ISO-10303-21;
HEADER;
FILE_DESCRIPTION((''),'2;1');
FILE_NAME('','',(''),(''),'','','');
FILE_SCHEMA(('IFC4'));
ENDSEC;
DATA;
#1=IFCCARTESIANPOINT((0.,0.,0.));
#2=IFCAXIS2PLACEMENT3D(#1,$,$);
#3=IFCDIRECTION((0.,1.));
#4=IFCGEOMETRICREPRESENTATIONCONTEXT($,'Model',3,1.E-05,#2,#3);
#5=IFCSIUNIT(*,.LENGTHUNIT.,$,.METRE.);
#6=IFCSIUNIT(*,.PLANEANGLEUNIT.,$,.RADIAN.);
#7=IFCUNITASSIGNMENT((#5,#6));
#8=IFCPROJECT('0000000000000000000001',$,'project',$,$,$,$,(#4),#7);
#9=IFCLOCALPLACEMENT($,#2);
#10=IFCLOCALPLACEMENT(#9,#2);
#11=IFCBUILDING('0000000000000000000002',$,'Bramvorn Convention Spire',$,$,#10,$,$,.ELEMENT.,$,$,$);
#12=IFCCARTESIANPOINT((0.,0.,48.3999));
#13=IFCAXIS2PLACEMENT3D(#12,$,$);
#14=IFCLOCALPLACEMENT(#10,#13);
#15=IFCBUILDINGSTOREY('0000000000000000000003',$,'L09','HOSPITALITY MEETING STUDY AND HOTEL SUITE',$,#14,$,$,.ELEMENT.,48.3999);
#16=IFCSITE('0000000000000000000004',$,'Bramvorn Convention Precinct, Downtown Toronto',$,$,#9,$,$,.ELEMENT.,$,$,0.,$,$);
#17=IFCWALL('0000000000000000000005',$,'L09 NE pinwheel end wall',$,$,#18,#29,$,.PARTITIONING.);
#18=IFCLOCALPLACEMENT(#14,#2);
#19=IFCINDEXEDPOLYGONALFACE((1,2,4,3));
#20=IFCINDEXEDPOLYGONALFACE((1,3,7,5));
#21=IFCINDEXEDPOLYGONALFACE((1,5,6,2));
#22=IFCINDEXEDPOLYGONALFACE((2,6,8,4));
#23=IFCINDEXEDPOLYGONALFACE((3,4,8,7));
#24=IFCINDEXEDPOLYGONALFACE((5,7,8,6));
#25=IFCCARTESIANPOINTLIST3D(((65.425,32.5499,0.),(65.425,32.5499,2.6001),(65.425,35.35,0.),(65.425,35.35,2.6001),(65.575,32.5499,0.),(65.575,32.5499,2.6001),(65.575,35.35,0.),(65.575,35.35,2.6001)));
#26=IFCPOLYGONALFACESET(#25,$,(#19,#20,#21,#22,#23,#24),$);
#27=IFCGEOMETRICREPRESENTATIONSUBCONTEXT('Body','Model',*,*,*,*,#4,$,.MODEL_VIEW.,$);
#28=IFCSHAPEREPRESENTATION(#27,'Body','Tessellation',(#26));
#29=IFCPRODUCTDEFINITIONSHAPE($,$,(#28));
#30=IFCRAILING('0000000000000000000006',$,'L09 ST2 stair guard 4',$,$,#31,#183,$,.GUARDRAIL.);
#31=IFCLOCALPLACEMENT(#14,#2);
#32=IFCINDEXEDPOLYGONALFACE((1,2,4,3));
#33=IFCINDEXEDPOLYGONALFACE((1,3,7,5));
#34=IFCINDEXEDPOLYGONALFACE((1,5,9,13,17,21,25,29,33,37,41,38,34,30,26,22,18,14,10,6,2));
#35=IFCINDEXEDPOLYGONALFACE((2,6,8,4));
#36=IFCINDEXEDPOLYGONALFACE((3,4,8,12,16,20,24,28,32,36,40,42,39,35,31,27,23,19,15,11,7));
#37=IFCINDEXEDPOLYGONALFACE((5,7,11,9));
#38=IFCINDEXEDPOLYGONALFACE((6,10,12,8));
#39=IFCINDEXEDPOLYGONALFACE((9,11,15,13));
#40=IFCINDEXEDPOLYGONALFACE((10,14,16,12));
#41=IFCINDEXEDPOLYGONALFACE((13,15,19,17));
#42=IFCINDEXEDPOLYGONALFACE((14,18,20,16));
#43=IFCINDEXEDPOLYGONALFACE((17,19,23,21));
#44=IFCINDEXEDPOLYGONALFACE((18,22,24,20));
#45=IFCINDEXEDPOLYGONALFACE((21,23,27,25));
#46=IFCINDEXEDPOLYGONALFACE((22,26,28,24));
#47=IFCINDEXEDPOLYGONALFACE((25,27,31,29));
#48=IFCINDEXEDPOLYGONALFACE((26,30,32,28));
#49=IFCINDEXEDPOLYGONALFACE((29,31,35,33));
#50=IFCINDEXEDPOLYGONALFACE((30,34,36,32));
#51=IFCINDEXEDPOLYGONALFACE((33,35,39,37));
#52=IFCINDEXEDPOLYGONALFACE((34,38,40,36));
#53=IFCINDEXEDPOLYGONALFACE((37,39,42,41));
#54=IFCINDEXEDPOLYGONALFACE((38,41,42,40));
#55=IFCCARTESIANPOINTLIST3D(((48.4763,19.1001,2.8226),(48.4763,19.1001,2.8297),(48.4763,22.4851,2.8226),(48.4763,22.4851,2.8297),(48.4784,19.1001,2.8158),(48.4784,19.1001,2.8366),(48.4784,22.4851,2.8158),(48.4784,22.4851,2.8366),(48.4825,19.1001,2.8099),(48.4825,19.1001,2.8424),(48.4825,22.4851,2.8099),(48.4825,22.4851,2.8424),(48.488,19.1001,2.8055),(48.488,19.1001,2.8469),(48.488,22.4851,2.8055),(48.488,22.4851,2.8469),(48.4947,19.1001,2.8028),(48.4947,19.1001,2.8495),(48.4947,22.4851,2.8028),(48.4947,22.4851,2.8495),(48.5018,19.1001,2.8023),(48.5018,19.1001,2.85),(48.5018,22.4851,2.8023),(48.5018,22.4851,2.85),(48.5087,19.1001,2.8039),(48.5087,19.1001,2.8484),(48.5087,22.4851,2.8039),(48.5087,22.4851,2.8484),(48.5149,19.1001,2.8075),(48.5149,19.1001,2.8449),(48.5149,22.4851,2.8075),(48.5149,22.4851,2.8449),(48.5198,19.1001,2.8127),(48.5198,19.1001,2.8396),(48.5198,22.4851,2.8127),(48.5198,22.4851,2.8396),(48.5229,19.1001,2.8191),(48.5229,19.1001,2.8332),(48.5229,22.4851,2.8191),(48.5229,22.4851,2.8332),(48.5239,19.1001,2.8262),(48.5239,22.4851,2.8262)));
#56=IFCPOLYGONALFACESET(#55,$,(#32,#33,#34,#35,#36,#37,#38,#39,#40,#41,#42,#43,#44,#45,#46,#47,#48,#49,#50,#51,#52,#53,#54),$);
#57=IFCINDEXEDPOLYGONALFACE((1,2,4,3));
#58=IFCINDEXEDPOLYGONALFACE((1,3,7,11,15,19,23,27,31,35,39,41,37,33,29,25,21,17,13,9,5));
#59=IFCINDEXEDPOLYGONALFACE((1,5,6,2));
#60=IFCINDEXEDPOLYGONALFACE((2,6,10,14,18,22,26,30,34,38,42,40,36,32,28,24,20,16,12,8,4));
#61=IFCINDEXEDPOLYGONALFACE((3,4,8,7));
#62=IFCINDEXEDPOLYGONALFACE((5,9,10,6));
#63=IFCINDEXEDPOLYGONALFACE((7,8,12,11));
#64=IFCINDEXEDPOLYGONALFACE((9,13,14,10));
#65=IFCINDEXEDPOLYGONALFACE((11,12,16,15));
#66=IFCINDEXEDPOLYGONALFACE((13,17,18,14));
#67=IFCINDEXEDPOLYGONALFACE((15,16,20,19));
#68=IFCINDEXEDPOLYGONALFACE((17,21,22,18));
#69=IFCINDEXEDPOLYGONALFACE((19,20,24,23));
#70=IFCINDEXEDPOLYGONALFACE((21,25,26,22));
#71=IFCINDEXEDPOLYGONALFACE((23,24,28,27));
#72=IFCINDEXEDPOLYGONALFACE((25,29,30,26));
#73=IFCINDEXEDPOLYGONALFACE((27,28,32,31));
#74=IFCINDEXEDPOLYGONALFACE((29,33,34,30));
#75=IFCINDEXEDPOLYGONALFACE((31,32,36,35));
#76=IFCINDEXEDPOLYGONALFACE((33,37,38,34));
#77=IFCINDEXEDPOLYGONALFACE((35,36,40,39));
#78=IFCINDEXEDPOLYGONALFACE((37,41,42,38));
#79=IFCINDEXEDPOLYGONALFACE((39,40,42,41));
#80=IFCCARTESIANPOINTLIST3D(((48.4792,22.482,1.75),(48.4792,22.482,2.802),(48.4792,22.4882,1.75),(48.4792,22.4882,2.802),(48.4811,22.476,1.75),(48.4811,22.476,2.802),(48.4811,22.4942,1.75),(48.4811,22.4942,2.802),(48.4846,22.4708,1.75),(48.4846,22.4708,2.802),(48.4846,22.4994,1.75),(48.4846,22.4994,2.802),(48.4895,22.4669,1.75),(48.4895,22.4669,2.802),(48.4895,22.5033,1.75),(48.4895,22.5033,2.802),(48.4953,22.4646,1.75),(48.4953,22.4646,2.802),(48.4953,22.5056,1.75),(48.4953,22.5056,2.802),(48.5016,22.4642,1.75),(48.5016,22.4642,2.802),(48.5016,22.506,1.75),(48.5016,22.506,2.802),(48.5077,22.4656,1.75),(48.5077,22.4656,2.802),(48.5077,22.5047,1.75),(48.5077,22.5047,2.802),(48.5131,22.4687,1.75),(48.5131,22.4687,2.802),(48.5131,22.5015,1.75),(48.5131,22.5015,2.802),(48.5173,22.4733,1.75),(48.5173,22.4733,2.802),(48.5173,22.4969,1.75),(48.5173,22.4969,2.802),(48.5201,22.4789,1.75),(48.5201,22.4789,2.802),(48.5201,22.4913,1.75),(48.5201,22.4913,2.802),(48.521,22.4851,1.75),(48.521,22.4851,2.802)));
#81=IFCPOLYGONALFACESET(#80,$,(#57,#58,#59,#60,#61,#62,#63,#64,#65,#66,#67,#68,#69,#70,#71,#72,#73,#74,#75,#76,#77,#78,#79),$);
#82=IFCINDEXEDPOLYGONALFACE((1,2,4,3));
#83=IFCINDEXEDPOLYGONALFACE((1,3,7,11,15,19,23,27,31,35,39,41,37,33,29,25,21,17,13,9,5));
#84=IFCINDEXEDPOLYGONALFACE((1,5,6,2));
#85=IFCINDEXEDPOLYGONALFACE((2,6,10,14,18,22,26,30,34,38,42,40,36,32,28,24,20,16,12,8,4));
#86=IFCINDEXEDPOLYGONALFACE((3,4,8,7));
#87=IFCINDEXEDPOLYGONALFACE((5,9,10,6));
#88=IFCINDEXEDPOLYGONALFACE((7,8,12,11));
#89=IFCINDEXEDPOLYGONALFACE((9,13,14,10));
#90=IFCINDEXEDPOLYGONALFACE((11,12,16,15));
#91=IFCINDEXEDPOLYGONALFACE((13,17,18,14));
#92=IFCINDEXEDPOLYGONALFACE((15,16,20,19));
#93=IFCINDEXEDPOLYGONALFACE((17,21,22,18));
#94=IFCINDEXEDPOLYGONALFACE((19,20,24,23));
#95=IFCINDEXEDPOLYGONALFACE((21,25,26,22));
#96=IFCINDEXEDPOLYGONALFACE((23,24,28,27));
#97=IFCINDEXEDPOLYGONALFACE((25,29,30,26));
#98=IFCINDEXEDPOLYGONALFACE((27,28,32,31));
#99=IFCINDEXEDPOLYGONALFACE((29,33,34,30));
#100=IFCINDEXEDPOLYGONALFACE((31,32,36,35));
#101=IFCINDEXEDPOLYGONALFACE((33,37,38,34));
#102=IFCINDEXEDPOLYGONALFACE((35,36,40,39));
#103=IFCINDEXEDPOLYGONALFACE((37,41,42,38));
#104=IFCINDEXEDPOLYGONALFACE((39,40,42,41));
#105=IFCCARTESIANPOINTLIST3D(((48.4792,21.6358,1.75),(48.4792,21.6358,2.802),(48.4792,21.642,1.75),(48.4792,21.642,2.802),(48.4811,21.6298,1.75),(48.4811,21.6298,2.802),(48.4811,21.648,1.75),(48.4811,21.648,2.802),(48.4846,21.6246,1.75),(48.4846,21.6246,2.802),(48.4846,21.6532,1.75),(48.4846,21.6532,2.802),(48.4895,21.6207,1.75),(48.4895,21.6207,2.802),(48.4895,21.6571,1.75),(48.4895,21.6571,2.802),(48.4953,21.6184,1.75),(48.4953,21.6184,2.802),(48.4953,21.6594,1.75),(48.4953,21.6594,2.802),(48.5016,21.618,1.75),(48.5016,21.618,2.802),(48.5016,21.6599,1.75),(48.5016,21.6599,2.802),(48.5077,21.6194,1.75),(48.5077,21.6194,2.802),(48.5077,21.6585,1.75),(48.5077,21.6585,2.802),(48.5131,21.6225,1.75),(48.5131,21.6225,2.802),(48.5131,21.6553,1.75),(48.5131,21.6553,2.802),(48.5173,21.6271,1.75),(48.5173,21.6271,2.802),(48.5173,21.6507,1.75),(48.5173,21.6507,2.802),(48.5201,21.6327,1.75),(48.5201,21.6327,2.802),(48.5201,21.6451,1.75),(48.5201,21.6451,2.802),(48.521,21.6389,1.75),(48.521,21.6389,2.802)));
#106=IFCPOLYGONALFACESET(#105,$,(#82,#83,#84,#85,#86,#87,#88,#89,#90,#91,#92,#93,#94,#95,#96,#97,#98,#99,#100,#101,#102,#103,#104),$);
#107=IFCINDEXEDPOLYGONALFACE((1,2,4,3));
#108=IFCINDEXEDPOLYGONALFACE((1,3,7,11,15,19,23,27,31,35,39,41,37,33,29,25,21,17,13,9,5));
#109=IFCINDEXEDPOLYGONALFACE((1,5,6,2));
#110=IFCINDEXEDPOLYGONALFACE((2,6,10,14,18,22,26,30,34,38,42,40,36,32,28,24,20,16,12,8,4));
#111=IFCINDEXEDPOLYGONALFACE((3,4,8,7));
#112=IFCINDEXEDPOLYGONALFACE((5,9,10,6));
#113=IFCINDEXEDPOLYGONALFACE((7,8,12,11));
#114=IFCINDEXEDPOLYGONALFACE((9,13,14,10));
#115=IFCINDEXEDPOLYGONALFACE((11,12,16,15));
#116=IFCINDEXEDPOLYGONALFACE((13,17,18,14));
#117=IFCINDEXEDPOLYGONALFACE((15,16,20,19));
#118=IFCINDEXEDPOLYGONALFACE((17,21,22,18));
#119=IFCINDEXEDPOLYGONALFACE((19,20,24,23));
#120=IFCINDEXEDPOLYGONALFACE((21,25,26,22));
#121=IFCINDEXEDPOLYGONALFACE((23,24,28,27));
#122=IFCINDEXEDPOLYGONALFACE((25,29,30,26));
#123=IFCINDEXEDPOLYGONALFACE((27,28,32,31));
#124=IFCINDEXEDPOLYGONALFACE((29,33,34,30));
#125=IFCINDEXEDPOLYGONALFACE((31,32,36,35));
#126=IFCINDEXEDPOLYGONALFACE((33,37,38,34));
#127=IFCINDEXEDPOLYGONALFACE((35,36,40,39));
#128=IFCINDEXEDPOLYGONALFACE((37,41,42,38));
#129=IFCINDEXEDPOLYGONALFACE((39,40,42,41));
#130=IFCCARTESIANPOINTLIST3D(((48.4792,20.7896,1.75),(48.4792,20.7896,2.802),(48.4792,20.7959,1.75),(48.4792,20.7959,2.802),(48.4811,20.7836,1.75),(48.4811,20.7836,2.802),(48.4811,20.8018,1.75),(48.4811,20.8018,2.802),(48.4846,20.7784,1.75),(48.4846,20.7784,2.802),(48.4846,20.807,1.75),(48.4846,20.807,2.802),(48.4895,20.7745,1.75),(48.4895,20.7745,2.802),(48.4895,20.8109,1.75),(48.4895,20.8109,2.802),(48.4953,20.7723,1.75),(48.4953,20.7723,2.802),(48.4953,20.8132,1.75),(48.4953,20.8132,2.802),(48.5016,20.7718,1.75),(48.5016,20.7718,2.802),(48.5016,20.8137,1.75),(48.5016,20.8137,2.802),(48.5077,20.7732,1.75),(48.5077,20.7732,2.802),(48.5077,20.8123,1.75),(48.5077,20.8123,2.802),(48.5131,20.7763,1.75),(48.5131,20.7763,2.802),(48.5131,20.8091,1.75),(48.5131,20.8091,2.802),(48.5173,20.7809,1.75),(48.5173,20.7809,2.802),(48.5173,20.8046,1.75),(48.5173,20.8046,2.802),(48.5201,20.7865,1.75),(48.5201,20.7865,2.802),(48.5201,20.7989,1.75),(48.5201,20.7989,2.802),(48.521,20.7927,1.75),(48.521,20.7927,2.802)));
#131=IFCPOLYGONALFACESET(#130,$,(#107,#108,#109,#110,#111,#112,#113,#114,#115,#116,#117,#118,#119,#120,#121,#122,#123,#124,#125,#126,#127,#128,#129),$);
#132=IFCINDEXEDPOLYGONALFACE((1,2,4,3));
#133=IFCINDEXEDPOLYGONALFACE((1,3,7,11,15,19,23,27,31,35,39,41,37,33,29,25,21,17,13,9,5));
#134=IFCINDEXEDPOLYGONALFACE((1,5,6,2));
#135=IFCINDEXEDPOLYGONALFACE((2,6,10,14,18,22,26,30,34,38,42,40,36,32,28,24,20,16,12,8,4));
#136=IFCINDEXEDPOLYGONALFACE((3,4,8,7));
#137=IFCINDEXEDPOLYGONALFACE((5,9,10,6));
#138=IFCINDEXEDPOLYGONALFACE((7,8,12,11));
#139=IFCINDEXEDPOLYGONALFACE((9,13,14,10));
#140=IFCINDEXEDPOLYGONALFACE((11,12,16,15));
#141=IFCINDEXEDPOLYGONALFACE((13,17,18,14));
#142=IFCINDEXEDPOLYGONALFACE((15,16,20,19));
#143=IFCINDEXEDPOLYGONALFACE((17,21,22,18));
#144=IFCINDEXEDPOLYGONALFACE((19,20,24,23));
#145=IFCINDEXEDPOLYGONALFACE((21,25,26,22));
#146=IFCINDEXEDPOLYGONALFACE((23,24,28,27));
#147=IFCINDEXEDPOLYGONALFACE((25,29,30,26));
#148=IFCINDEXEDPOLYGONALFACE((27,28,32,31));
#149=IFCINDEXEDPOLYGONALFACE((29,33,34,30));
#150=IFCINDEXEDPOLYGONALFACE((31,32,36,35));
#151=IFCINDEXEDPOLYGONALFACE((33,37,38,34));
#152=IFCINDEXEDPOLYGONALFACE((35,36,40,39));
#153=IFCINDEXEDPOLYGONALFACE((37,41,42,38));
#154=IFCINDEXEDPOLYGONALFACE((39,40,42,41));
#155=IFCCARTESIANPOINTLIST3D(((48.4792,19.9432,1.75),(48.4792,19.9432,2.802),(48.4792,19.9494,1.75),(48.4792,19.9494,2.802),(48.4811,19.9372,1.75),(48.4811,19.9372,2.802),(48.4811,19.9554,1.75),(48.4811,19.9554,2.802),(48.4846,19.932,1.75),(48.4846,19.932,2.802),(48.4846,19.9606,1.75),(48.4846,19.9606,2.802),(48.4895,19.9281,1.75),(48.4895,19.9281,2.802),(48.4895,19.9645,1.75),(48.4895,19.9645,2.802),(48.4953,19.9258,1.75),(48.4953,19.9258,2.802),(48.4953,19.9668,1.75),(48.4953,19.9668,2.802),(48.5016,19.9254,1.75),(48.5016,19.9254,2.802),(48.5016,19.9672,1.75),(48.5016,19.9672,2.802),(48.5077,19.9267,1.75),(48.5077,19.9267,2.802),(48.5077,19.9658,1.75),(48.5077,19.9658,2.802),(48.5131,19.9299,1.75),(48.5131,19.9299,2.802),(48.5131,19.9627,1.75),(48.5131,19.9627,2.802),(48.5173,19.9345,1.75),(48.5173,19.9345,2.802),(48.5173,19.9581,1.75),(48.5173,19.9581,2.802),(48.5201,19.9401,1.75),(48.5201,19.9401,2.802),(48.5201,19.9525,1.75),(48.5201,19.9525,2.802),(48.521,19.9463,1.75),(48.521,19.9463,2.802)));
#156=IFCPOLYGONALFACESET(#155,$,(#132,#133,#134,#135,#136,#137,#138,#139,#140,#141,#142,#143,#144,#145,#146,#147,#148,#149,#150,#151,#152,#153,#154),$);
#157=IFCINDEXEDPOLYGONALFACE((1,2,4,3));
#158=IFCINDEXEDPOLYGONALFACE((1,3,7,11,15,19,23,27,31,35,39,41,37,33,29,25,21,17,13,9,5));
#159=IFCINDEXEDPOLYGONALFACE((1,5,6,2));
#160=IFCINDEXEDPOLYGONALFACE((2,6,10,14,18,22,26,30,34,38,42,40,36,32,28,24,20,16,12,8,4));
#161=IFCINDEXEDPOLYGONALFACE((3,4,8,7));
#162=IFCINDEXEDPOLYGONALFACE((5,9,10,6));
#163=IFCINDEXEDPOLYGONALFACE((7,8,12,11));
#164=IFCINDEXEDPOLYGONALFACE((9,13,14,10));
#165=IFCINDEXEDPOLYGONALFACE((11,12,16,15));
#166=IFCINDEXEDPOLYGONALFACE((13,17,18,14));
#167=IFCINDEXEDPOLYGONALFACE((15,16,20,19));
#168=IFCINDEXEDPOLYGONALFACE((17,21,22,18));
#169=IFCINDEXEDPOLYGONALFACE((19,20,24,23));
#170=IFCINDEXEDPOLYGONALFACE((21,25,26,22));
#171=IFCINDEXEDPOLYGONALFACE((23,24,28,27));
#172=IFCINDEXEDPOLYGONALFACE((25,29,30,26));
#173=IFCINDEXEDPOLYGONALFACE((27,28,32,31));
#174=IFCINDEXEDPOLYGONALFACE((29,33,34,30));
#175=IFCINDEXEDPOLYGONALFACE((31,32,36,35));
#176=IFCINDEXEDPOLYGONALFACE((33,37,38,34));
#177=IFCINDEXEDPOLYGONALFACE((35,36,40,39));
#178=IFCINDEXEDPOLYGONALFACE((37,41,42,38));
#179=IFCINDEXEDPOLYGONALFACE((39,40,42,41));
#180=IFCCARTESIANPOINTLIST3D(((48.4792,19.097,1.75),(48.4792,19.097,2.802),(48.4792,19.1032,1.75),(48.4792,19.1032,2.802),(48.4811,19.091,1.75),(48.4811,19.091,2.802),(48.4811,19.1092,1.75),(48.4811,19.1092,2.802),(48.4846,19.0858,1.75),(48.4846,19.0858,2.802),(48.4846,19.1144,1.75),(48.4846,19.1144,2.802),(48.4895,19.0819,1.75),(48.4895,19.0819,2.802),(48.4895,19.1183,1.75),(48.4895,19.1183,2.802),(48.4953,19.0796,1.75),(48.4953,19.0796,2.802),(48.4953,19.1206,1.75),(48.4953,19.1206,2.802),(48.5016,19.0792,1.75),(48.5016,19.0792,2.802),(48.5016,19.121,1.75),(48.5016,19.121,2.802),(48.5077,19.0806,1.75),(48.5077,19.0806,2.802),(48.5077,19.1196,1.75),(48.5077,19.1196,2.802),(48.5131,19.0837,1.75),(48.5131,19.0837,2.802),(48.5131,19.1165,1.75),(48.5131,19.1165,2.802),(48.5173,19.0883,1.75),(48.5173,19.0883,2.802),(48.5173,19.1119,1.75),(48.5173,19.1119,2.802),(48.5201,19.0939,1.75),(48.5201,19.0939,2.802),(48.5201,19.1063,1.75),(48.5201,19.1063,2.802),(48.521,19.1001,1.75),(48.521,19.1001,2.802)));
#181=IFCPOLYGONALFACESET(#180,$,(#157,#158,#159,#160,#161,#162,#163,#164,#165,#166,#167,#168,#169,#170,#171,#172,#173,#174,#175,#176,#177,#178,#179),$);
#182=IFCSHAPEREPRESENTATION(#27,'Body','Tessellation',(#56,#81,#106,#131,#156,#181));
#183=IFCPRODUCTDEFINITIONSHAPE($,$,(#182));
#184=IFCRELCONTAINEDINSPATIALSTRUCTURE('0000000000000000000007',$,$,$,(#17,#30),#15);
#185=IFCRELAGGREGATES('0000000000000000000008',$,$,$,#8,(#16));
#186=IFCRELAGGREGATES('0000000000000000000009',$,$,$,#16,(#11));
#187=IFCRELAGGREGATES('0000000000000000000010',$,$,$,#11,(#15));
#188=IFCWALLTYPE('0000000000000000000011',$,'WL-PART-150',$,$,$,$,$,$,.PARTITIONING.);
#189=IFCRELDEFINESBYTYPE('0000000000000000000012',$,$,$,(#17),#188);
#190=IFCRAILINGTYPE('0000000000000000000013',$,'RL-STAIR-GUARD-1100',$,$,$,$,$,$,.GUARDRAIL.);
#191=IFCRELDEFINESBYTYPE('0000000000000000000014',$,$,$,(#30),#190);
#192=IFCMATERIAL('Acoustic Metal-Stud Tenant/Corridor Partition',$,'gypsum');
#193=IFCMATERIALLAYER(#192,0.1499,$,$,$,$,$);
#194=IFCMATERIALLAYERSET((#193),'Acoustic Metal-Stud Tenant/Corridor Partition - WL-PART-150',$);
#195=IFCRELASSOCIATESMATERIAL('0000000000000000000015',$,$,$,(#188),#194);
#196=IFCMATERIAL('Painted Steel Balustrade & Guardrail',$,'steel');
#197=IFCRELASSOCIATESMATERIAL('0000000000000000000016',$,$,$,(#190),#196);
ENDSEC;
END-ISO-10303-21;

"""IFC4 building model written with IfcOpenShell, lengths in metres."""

from ifc_helpers import new_model, si_unit, direction, frame, frame_2d, origin, origin_2d, place, context, subcontext, project, spatial, rectangle, circle, extrude, material, layer, layer_set, type_object, element, save


model = new_model("IFC4")

# Units and contexts
model_context = context("Model", 3, precision=1e-05, world=origin(), true_north=direction((0.0, 1.0)))
body_context = subcontext(model_context, "Body", "Model", "MODEL_VIEW")
ifc_project = project(units=[si_unit("LENGTHUNIT", "METRE"), si_unit("PLANEANGLEUNIT", "RADIAN")], contexts=[model_context])

# Site, building, storey
site_placement = place(None, origin())
site = spatial("IfcSite", under=ifc_project, at=site_placement, Name="Bramvorn Convention Precinct, Downtown Toronto", CompositionType="ELEMENT", RefElevation=0.0)
building_placement = place(site_placement, origin())
building = spatial("IfcBuilding", under=site, at=building_placement, Name="Bramvorn Convention Spire", CompositionType="ELEMENT")
storey_placement = place(building_placement, frame((0.0, 0.0, 48.3999)))
storey = spatial("IfcBuildingStorey", under=building, at=storey_placement, Name="L09", Description="HOSPITALITY MEETING STUDY AND HOTEL SUITE", CompositionType="ELEMENT", Elevation=48.3999)

# Shared definitions
ifc_material_1 = material(Name="Acoustic Metal-Stud Tenant/Corridor Partition", Category="gypsum")
ifc_layer_1 = layer(ifc_material_1, 0.1499)
ifc_layer_set_1 = layer_set([ifc_layer_1], Name="Acoustic Metal-Stud Tenant/Corridor Partition - WL-PART-150")
wall_type_1 = type_object("IfcWallType", Name="WL-PART-150", PredefinedType="PARTITIONING", material=ifc_layer_set_1)

# Wall
wall_1_placement = place(storey_placement, frame((65.5, 32.55, 0.0), z_axis=(0.0, 0.0, 1.0), x_axis=(0.0, 1.0, 0.0)))
element("IfcWall", 1, at=wall_1_placement, inside=storey, type_object=wall_type_1, Name="L09 NE pinwheel end wall", PredefinedType="PARTITIONING", context=body_context, shape_type="SweptSolid", body=[
    extrude(rectangle(XDim=2.8, YDim=0.1499, at=frame_2d((1.3999, 0.0))), origin(), (0.0, 0.0, 1.0), 2.6001),
])

# Railing
ifc_material_2 = material(Name="Painted Steel Balustrade & Guardrail", Category="steel")
railing_type_1 = type_object("IfcRailingType", Name="RL-STAIR-GUARD-1100", PredefinedType="GUARDRAIL", material=ifc_material_2)
railing_1_placement = place(storey_placement, frame((48.5, 22.4851, 1.75)))
element("IfcRailing", 2, at=railing_1_placement, inside=storey, type_object=railing_type_1, Name="L09 ST2 stair guard 4", PredefinedType="GUARDRAIL", context=body_context, shape_type="SweptSolid", body=[
    extrude(circle(Radius=0.0239, at=origin_2d()), frame((0.0, 0.0, 1.0762), z_axis=(0.0, -1.0, 0.0), x_axis=(1.0, 0.0, 0.0)), (0.0, 0.0, 1.0), 3.385),
    extrude(circle(Radius=0.021, at=origin_2d()), origin(), (0.0, 0.0, 1.0), 1.052),
    extrude(circle(Radius=0.021, at=origin_2d()), frame((0.0, -0.8462, 0.0)), (0.0, 0.0, 1.0), 1.052),
    extrude(circle(Radius=0.021, at=origin_2d()), frame((0.0, -1.6924, 0.0)), (0.0, 0.0, 1.0), 1.052),
    extrude(circle(Radius=0.021, at=origin_2d()), frame((0.0, -2.5388, 0.0)), (0.0, 0.0, 1.0), 1.052),
    extrude(circle(Radius=0.021, at=origin_2d()), frame((0.0, -3.385, 0.0)), (0.0, 0.0, 1.0), 1.052),
])

save(model, "model.ifc")
